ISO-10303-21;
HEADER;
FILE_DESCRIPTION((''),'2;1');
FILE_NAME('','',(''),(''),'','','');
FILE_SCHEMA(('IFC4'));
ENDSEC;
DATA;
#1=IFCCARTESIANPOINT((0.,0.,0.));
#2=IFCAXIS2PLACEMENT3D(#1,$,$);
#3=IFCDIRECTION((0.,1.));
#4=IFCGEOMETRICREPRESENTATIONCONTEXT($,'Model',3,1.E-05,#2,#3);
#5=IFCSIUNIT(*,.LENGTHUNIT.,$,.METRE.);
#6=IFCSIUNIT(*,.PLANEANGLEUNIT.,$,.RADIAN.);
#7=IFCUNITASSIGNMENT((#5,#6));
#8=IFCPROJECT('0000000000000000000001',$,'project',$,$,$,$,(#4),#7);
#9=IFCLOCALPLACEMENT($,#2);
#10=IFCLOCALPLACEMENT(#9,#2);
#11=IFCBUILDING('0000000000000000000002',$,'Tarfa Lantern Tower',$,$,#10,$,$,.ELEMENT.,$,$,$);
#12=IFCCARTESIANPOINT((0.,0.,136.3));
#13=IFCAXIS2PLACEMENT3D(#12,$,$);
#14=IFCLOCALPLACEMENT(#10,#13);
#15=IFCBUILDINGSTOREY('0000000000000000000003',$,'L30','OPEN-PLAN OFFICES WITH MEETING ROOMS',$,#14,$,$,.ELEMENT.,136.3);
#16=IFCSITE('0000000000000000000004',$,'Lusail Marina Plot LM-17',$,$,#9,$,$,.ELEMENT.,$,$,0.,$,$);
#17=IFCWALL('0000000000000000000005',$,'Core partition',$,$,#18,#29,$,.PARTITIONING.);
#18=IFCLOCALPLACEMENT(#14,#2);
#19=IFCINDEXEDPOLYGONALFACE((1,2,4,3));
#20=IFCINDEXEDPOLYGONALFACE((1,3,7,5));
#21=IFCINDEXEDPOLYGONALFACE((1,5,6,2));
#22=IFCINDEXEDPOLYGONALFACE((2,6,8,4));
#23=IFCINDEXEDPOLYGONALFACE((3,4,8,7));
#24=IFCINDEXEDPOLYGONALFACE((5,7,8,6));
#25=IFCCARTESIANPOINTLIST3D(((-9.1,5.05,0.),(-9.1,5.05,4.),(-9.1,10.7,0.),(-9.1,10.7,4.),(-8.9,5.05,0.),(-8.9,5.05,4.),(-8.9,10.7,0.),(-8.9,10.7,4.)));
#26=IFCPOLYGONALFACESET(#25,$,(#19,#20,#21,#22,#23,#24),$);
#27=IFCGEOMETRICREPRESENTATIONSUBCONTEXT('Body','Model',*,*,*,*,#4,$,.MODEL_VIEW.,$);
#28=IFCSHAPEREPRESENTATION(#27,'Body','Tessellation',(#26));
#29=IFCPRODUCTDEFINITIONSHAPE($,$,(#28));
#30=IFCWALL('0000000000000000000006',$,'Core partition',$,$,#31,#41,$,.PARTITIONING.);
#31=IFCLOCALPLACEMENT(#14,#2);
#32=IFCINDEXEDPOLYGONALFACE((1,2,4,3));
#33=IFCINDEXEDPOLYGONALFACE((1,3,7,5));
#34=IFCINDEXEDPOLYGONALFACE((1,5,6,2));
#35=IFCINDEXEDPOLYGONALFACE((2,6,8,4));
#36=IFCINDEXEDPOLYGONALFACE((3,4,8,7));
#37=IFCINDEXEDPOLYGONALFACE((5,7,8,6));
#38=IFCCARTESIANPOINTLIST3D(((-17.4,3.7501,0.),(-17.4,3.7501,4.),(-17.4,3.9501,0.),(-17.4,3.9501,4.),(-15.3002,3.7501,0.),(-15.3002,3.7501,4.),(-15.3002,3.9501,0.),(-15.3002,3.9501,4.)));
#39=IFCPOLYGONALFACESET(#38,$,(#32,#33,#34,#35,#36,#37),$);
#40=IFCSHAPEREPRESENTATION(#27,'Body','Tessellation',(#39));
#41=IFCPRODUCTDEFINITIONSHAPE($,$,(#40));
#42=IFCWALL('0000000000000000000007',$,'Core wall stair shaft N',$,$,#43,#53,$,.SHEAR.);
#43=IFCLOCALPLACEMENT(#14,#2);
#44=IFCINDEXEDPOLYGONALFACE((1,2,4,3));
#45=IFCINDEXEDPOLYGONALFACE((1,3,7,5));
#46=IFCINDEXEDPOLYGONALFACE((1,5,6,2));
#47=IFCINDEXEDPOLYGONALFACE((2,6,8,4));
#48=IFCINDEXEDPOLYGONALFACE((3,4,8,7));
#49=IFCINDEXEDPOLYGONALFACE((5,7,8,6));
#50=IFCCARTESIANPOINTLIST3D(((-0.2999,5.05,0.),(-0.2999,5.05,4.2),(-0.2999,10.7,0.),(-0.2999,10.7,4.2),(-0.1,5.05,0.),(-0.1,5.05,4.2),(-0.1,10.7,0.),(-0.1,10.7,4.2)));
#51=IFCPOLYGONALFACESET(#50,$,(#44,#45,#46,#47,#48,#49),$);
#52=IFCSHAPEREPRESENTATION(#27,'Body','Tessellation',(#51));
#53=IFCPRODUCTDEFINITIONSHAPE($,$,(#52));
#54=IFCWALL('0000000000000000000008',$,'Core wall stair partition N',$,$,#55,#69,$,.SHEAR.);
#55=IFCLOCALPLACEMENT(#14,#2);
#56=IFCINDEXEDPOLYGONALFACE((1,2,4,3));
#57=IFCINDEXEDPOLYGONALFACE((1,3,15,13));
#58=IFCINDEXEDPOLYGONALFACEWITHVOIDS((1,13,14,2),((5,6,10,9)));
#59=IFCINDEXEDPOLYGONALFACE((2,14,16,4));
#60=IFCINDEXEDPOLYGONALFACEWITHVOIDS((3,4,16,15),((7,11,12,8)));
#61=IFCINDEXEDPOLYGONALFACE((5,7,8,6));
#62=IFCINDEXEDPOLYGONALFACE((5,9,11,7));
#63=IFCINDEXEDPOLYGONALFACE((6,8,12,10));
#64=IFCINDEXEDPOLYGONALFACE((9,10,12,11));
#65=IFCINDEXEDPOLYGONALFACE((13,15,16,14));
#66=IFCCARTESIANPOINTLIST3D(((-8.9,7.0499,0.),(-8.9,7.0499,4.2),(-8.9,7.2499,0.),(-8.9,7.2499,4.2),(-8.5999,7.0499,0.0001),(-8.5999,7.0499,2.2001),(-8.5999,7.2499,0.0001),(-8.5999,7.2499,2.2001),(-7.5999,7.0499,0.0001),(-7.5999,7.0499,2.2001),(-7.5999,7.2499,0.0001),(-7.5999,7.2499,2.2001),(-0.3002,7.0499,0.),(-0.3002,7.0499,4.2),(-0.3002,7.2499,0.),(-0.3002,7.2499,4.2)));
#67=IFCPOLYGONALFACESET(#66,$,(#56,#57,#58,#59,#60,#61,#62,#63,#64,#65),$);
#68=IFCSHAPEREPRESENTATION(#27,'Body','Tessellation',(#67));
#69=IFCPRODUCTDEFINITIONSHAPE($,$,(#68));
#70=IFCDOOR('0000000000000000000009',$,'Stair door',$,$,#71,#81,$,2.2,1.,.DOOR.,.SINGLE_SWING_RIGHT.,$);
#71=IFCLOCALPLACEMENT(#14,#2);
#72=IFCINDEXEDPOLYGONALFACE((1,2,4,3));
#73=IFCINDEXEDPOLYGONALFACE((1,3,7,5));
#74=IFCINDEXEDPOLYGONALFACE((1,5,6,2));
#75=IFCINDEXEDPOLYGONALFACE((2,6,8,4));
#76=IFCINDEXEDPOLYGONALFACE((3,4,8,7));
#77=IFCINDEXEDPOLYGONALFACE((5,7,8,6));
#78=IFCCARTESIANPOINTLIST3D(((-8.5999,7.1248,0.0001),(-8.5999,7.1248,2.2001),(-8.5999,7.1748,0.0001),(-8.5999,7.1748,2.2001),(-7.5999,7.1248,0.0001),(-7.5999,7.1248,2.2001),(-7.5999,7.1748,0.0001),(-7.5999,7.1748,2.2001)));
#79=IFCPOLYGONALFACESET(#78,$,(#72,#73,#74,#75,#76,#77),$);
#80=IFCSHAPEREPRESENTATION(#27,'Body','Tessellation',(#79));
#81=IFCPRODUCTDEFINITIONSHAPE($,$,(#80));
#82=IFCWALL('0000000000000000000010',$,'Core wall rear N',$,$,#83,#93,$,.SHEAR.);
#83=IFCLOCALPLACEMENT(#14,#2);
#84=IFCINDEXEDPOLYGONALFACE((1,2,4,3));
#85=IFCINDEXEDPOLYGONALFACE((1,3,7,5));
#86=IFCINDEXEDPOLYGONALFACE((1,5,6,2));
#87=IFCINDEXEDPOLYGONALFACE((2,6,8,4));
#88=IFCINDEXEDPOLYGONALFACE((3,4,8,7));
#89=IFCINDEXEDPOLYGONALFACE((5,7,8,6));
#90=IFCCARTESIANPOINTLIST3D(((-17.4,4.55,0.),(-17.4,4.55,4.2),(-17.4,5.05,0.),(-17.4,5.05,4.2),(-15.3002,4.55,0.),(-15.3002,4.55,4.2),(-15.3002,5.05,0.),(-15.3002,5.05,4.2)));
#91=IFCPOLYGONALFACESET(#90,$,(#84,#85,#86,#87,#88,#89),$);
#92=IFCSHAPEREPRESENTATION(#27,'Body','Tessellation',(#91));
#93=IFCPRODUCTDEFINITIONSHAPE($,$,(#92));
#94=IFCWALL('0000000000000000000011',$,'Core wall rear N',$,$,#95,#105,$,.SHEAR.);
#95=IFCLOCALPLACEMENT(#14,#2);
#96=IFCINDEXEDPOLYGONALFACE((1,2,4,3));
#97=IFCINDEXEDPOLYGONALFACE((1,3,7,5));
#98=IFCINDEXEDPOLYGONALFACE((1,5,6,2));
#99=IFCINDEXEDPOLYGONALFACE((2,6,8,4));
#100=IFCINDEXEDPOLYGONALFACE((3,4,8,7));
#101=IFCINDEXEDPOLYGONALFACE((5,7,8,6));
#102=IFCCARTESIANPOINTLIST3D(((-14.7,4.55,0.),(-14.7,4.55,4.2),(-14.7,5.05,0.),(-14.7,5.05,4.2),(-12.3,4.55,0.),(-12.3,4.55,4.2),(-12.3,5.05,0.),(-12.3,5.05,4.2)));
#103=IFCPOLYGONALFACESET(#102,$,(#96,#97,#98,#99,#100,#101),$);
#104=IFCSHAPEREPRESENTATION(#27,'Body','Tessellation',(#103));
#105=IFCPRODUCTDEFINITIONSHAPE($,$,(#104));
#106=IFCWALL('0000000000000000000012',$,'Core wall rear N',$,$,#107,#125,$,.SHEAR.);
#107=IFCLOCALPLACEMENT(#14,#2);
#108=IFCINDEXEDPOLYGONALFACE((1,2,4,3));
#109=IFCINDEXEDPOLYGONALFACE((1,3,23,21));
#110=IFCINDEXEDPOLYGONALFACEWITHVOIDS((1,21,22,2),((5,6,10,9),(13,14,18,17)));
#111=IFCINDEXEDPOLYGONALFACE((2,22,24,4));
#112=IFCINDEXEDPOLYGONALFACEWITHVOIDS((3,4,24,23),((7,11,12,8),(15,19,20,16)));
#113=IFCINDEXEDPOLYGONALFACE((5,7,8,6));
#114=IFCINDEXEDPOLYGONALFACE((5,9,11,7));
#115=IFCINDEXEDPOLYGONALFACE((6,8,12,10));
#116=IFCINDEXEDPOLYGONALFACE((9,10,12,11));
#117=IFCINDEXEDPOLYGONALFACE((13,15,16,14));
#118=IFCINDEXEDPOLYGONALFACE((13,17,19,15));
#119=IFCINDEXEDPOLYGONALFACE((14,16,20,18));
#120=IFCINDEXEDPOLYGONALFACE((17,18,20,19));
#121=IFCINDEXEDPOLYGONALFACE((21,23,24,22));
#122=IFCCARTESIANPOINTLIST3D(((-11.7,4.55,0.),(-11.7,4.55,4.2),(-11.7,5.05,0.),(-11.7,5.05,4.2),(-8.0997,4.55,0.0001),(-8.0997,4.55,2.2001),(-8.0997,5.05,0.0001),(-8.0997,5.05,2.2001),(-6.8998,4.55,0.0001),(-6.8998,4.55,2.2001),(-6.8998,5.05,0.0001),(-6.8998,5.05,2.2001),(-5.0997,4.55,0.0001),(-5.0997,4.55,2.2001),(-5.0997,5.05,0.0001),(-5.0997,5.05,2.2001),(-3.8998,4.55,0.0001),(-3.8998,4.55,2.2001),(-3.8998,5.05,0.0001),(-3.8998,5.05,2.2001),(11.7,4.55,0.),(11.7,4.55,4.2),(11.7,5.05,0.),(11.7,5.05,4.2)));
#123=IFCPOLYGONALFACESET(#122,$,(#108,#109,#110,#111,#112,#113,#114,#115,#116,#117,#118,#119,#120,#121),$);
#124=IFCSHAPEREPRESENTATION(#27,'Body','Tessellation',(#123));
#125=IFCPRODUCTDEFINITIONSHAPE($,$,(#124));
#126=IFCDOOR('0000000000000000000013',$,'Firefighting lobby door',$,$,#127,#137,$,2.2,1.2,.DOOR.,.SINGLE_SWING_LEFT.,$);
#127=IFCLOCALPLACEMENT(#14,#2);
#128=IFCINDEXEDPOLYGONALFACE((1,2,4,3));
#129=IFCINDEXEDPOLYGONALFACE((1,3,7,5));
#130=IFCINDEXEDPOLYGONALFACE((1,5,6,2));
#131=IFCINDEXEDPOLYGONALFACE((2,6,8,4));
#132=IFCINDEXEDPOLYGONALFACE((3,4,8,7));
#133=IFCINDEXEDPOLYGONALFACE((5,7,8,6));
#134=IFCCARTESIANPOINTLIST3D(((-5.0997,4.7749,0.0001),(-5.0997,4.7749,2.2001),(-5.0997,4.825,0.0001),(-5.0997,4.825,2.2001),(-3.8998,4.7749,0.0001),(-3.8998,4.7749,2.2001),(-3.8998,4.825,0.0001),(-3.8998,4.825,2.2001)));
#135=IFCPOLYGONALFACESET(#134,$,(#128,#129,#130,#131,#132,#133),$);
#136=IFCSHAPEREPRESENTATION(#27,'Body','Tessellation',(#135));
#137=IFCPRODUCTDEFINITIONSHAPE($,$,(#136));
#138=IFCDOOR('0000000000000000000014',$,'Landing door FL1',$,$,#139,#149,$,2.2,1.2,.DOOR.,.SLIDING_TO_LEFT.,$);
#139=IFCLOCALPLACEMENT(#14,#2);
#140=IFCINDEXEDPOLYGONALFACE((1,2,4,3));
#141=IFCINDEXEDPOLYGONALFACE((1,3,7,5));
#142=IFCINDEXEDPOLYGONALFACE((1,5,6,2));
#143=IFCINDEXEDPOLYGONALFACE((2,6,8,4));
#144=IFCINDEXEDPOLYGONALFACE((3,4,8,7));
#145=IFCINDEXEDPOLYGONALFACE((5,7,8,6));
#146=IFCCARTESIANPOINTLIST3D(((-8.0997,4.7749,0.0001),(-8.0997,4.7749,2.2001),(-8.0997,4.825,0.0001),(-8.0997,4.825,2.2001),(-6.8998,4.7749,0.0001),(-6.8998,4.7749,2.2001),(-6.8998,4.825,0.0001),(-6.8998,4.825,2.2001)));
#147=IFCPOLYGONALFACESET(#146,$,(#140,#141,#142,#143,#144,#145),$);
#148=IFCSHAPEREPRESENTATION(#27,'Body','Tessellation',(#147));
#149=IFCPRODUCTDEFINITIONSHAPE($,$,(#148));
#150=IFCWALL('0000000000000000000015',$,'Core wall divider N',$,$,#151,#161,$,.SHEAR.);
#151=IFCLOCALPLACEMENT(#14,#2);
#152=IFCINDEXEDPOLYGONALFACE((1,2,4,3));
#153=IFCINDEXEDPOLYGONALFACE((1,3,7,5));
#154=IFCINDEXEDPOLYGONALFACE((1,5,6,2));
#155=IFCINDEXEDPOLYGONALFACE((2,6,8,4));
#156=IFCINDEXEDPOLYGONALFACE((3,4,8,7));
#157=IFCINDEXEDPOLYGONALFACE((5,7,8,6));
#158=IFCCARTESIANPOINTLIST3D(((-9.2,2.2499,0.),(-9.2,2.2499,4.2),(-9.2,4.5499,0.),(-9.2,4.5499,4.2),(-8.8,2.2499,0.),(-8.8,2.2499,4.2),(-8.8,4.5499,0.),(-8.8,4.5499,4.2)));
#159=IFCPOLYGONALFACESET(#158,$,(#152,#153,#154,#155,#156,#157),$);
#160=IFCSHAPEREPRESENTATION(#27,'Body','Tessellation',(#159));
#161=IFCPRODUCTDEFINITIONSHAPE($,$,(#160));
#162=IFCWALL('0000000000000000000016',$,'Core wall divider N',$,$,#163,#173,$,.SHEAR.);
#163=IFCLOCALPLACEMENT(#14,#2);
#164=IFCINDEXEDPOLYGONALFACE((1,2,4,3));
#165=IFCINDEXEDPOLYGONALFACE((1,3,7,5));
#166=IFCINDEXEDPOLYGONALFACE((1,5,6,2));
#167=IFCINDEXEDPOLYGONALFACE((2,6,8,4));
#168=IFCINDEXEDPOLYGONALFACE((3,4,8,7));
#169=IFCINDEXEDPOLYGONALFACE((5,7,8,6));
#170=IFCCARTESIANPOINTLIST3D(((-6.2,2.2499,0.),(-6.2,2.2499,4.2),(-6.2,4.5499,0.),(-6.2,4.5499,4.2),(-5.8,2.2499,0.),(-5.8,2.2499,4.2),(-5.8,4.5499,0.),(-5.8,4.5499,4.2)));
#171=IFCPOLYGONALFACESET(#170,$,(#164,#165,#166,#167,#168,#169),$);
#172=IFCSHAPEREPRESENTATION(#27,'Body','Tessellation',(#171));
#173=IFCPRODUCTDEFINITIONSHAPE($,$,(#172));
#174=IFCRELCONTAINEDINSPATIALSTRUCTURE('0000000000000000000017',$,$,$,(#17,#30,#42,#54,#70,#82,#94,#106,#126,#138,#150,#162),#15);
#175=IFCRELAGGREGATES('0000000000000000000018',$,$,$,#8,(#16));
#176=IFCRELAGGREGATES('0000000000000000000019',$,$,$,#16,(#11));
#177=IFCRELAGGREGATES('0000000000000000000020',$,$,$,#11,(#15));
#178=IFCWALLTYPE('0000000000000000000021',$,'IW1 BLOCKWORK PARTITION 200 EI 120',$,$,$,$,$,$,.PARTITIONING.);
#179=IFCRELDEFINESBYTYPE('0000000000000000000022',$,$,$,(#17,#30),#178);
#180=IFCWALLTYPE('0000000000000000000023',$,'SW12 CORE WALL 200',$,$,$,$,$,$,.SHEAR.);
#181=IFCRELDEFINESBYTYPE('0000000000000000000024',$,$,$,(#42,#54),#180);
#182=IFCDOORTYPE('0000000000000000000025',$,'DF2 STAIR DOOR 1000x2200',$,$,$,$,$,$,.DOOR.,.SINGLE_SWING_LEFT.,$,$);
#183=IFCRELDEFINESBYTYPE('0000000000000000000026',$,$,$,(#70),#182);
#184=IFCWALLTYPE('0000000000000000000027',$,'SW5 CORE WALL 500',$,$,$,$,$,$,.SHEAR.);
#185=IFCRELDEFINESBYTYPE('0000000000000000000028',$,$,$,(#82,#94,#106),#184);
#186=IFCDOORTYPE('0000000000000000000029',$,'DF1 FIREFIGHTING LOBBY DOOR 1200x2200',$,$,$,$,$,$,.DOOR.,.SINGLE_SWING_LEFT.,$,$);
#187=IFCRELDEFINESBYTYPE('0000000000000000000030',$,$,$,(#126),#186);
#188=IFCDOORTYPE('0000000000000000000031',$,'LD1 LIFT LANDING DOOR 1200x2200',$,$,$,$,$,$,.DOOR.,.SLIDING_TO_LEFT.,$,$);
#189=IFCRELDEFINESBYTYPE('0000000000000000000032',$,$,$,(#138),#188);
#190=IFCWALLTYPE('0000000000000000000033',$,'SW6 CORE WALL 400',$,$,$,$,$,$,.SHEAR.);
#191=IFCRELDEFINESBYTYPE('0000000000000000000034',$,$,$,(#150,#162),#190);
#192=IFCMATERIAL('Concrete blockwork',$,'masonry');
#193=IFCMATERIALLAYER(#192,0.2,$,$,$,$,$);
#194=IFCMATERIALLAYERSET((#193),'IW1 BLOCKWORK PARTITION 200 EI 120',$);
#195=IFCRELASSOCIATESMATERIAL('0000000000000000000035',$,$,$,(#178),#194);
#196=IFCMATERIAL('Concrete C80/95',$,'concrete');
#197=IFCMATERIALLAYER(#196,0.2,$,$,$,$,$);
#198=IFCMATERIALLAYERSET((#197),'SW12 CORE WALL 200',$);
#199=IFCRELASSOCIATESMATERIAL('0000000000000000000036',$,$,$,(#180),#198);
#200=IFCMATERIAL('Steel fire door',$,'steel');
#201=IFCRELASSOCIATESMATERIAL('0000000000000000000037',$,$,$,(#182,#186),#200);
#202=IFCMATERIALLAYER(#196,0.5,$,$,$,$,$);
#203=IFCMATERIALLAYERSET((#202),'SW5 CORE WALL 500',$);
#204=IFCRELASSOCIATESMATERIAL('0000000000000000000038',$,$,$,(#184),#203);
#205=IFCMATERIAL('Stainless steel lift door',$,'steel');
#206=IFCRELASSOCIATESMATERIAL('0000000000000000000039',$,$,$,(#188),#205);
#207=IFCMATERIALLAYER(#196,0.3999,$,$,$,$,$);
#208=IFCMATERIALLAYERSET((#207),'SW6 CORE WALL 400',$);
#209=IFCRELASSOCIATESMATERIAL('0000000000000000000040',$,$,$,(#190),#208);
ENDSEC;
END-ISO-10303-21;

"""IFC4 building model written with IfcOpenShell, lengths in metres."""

from ifc_helpers import new_model, si_unit, direction, frame, frame_2d, origin, place, context, subcontext, project, spatial, rectangle, extrude, material, layer, layer_set, type_object, element, fill, save


model = new_model("IFC4")

# Units and contexts
model_context = context("Model", 3, precision=1e-05, world=origin(), true_north=direction((0.0, 1.0)))
body_context = subcontext(model_context, "Body", "Model", "MODEL_VIEW")
ifc_project = project(units=[si_unit("LENGTHUNIT", "METRE"), si_unit("PLANEANGLEUNIT", "RADIAN")], contexts=[model_context])

# Site, building, storey
site_placement = place(None, origin())
site = spatial("IfcSite", under=ifc_project, at=site_placement, Name="Lusail Marina Plot LM-17", CompositionType="ELEMENT", RefElevation=0.0)
building_placement = place(site_placement, origin())
building = spatial("IfcBuilding", under=site, at=building_placement, Name="Tarfa Lantern Tower", CompositionType="ELEMENT")
storey_placement = place(building_placement, frame((0.0, 0.0, 136.3)))
storey = spatial("IfcBuildingStorey", under=building, at=storey_placement, Name="L30", Description="OPEN-PLAN OFFICES WITH MEETING ROOMS", CompositionType="ELEMENT", Elevation=136.3)

# Walls
ifc_material_1 = material(Name="Concrete blockwork", Category="masonry")
ifc_layer_1 = layer(ifc_material_1, 0.2)
ifc_layer_set_1 = layer_set([ifc_layer_1], Name="IW1 BLOCKWORK PARTITION 200 EI 120")
wall_type_1 = type_object("IfcWallType", Name="IW1 BLOCKWORK PARTITION 200 EI 120", PredefinedType="PARTITIONING", material=ifc_layer_set_1)
wall_1_placement = place(storey_placement, frame((-9.0, 5.05, 0.0), z_axis=(0.0, 0.0, 1.0), x_axis=(0.0, 1.0, 0.0)))
element("IfcWall", 1, at=wall_1_placement, inside=storey, type_object=wall_type_1, Name="Core partition", PredefinedType="PARTITIONING", context=body_context, shape_type="SweptSolid", body=[
    extrude(rectangle(XDim=5.6499, YDim=0.2, at=frame_2d((2.825, 0.0))), origin(), (0.0, 0.0, 1.0), 4.0),
])
wall_2_placement = place(storey_placement, frame((-17.3999, 3.8501, 0.0), z_axis=(0.0, 0.0, 1.0), x_axis=(1.0, 0.0, 0.0)))
element("IfcWall", 2, at=wall_2_placement, inside=storey, type_object=wall_type_1, Name="Core partition", PredefinedType="PARTITIONING", context=body_context, shape_type="SweptSolid", body=[
    extrude(rectangle(XDim=2.0999, YDim=0.2, at=frame_2d((1.0498, 0.0))), origin(), (0.0, 0.0, 1.0), 4.0),
])
ifc_material_2 = material(Name="Concrete C80/95", Category="concrete")
ifc_layer_2 = layer(ifc_material_2, 0.2)
ifc_layer_set_2 = layer_set([ifc_layer_2], Name="SW12 CORE WALL 200")
wall_type_2 = type_object("IfcWallType", Name="SW12 CORE WALL 200", PredefinedType="SHEAR", material=ifc_layer_set_2)
wall_3_placement = place(storey_placement, frame((-0.2, 5.05, 0.0), z_axis=(0.0, 0.0, 1.0), x_axis=(0.0, 1.0, 0.0)))
element("IfcWall", 3, at=wall_3_placement, inside=storey, type_object=wall_type_2, Name="Core wall stair shaft N", PredefinedType="SHEAR", context=body_context, shape_type="SweptSolid", body=[
    extrude(rectangle(XDim=5.6499, YDim=0.2, at=frame_2d((2.825, 0.0))), origin(), (0.0, 0.0, 1.0), 4.2),
])

# Wall, opening, door
wall_4_placement = place(storey_placement, frame((-8.8999, 7.1499, 0.0), z_axis=(0.0, 0.0, 1.0), x_axis=(1.0, 0.0, 0.0)))
wall_4 = element("IfcWall", 4, at=wall_4_placement, inside=storey, type_object=wall_type_2, Name="Core wall stair partition N", PredefinedType="SHEAR", context=body_context, shape_type="SweptSolid", body=[
    extrude(rectangle(XDim=8.5999, YDim=0.2, at=frame_2d((4.2998, 0.0))), origin(), (0.0, 0.0, 1.0), 4.2),
])
opening_1_placement = place(wall_4_placement, frame((0.3, 0.0, 0.0)))
opening_1 = element("IfcOpeningElement", 5, at=opening_1_placement, cuts=wall_4, PredefinedType="OPENING", context=body_context, shape_type="SweptSolid", body=[
    extrude(rectangle(XDim=1.0, YDim=2.2, at=frame_2d((0.5, 1.1001))), frame((0.0, 0.1099, 0.0), z_axis=(0.0, -1.0, 0.0), x_axis=(1.0, 0.0, 0.0)), (0.0, 0.0, 1.0), 0.22),
])
ifc_material_3 = material(Name="Steel fire door", Category="steel")
door_type_1 = type_object("IfcDoorType", Name="DF2 STAIR DOOR 1000x2200", OperationType="SINGLE_SWING_LEFT", PredefinedType="DOOR", material=ifc_material_3)
door_1_placement = place(opening_1_placement, origin())
door_1 = element("IfcDoor", 6, at=door_1_placement, inside=storey, type_object=door_type_1, Name="Stair door", OperationType="SINGLE_SWING_RIGHT", OverallHeight=2.2, OverallWidth=1.0, PredefinedType="DOOR", context=body_context, shape_type="SweptSolid", body=[
    extrude(rectangle(XDim=1.0, YDim=2.2, at=frame_2d((0.5, 1.1001))), frame((0.0, 0.0249, 0.0), z_axis=(0.0, -1.0, 0.0), x_axis=(1.0, 0.0, 0.0)), (0.0, 0.0, 1.0), 0.05),
])
fill(opening_1, door_1)

# Walls
ifc_layer_3 = layer(ifc_material_2, 0.5)
ifc_layer_set_3 = layer_set([ifc_layer_3], Name="SW5 CORE WALL 500")
wall_type_3 = type_object("IfcWallType", Name="SW5 CORE WALL 500", PredefinedType="SHEAR", material=ifc_layer_set_3)
wall_5_placement = place(storey_placement, frame((-17.3999, 4.8, 0.0), z_axis=(0.0, 0.0, 1.0), x_axis=(1.0, 0.0, 0.0)))
element("IfcWall", 7, at=wall_5_placement, inside=storey, type_object=wall_type_3, Name="Core wall rear N", PredefinedType="SHEAR", context=body_context, shape_type="SweptSolid", body=[
    extrude(rectangle(XDim=2.0999, YDim=0.5, at=frame_2d((1.0498, 0.0))), origin(), (0.0, 0.0, 1.0), 4.2),
])
wall_6_placement = place(storey_placement, frame((-14.7, 4.8, 0.0), z_axis=(0.0, 0.0, 1.0), x_axis=(1.0, 0.0, 0.0)))
element("IfcWall", 8, at=wall_6_placement, inside=storey, type_object=wall_type_3, Name="Core wall rear N", PredefinedType="SHEAR", context=body_context, shape_type="SweptSolid", body=[
    extrude(rectangle(XDim=2.3999, YDim=0.5, at=frame_2d((1.2, 0.0))), origin(), (0.0, 0.0, 1.0), 4.2),
])

# Wall, openings, doors
wall_7_placement = place(storey_placement, frame((-11.7, 4.8, 0.0), z_axis=(0.0, 0.0, 1.0), x_axis=(1.0, 0.0, 0.0)))
wall_7 = element("IfcWall", 9, at=wall_7_placement, inside=storey, type_object=wall_type_3, Name="Core wall rear N", PredefinedType="SHEAR", context=body_context, shape_type="SweptSolid", body=[
    extrude(rectangle(XDim=23.3999, YDim=0.5, at=frame_2d((11.7, 0.0))), origin(), (0.0, 0.0, 1.0), 4.2),
])
opening_2_placement = place(wall_7_placement, frame((6.6001, 0.0, 0.0)))
opening_2 = element("IfcOpeningElement", 10, at=opening_2_placement, cuts=wall_7, PredefinedType="OPENING", context=body_context, shape_type="SweptSolid", body=[
    extrude(rectangle(XDim=1.2, YDim=2.2, at=frame_2d((0.6001, 1.1001))), frame((0.0, 0.26, 0.0), z_axis=(0.0, -1.0, 0.0), x_axis=(1.0, 0.0, 0.0)), (0.0, 0.0, 1.0), 0.52),
])
opening_3_placement = place(wall_7_placement, frame((3.6001, 0.0, 0.0)))
opening_3 = element("IfcOpeningElement", 11, at=opening_3_placement, cuts=wall_7, PredefinedType="OPENING", context=body_context, shape_type="SweptSolid", body=[
    extrude(rectangle(XDim=1.2, YDim=2.2, at=frame_2d((0.6001, 1.1001))), frame((0.0, 0.26, 0.0), z_axis=(0.0, -1.0, 0.0), x_axis=(1.0, 0.0, 0.0)), (0.0, 0.0, 1.0), 0.52),
])
door_type_2 = type_object("IfcDoorType", Name="DF1 FIREFIGHTING LOBBY DOOR 1200x2200", OperationType="SINGLE_SWING_LEFT", PredefinedType="DOOR", material=ifc_material_3)
door_2_placement = place(opening_2_placement, origin())
door_2 = element("IfcDoor", 12, at=door_2_placement, inside=storey, type_object=door_type_2, Name="Firefighting lobby door", OperationType="SINGLE_SWING_LEFT", OverallHeight=2.2, OverallWidth=1.2, PredefinedType="DOOR", context=body_context, shape_type="SweptSolid", body=[
    extrude(rectangle(XDim=1.2, YDim=2.2, at=frame_2d((0.6001, 1.1001))), frame((0.0, 0.0249, 0.0), z_axis=(0.0, -1.0, 0.0), x_axis=(1.0, 0.0, 0.0)), (0.0, 0.0, 1.0), 0.05),
])
fill(opening_2, door_2)
ifc_material_4 = material(Name="Stainless steel lift door", Category="steel")
door_type_3 = type_object("IfcDoorType", Name="LD1 LIFT LANDING DOOR 1200x2200", OperationType="SLIDING_TO_LEFT", PredefinedType="DOOR", material=ifc_material_4)
door_3_placement = place(opening_3_placement, origin())
door_3 = element("IfcDoor", 13, at=door_3_placement, inside=storey, type_object=door_type_3, Name="Landing door FL1", OperationType="SLIDING_TO_LEFT", OverallHeight=2.2, OverallWidth=1.2, PredefinedType="DOOR", context=body_context, shape_type="SweptSolid", body=[
    extrude(rectangle(XDim=1.2, YDim=2.2, at=frame_2d((0.6001, 1.1001))), frame((0.0, 0.0249, 0.0), z_axis=(0.0, -1.0, 0.0), x_axis=(1.0, 0.0, 0.0)), (0.0, 0.0, 1.0), 0.05),
])
fill(opening_3, door_3)

# Walls
ifc_layer_4 = layer(ifc_material_2, 0.3999)
ifc_layer_set_4 = layer_set([ifc_layer_4], Name="SW6 CORE WALL 400")
wall_type_4 = type_object("IfcWallType", Name="SW6 CORE WALL 400", PredefinedType="SHEAR", material=ifc_layer_set_4)
for number, where, z_axis, x_axis, name in (
    (14, (-9.0, 2.25, 0.0), (0.0, 0.0, 1.0), (0.0, 1.0, 0.0), "Core wall divider N"),
    (15, (-6.0, 2.25, 0.0), (0.0, 0.0, 1.0), (0.0, 1.0, 0.0), "Core wall divider N"),
):
    element("IfcWall", number, at=place(storey_placement, frame(where, z_axis=z_axis, x_axis=x_axis)), inside=storey, type_object=wall_type_4, Name=name, PredefinedType="SHEAR", context=body_context, shape_type="SweptSolid", body=[
        extrude(rectangle(XDim=2.3, YDim=0.3999, at=frame_2d((1.1499, 0.0))), origin(), (0.0, 0.0, 1.0), 4.2),
    ])

save(model, "model.ifc")
